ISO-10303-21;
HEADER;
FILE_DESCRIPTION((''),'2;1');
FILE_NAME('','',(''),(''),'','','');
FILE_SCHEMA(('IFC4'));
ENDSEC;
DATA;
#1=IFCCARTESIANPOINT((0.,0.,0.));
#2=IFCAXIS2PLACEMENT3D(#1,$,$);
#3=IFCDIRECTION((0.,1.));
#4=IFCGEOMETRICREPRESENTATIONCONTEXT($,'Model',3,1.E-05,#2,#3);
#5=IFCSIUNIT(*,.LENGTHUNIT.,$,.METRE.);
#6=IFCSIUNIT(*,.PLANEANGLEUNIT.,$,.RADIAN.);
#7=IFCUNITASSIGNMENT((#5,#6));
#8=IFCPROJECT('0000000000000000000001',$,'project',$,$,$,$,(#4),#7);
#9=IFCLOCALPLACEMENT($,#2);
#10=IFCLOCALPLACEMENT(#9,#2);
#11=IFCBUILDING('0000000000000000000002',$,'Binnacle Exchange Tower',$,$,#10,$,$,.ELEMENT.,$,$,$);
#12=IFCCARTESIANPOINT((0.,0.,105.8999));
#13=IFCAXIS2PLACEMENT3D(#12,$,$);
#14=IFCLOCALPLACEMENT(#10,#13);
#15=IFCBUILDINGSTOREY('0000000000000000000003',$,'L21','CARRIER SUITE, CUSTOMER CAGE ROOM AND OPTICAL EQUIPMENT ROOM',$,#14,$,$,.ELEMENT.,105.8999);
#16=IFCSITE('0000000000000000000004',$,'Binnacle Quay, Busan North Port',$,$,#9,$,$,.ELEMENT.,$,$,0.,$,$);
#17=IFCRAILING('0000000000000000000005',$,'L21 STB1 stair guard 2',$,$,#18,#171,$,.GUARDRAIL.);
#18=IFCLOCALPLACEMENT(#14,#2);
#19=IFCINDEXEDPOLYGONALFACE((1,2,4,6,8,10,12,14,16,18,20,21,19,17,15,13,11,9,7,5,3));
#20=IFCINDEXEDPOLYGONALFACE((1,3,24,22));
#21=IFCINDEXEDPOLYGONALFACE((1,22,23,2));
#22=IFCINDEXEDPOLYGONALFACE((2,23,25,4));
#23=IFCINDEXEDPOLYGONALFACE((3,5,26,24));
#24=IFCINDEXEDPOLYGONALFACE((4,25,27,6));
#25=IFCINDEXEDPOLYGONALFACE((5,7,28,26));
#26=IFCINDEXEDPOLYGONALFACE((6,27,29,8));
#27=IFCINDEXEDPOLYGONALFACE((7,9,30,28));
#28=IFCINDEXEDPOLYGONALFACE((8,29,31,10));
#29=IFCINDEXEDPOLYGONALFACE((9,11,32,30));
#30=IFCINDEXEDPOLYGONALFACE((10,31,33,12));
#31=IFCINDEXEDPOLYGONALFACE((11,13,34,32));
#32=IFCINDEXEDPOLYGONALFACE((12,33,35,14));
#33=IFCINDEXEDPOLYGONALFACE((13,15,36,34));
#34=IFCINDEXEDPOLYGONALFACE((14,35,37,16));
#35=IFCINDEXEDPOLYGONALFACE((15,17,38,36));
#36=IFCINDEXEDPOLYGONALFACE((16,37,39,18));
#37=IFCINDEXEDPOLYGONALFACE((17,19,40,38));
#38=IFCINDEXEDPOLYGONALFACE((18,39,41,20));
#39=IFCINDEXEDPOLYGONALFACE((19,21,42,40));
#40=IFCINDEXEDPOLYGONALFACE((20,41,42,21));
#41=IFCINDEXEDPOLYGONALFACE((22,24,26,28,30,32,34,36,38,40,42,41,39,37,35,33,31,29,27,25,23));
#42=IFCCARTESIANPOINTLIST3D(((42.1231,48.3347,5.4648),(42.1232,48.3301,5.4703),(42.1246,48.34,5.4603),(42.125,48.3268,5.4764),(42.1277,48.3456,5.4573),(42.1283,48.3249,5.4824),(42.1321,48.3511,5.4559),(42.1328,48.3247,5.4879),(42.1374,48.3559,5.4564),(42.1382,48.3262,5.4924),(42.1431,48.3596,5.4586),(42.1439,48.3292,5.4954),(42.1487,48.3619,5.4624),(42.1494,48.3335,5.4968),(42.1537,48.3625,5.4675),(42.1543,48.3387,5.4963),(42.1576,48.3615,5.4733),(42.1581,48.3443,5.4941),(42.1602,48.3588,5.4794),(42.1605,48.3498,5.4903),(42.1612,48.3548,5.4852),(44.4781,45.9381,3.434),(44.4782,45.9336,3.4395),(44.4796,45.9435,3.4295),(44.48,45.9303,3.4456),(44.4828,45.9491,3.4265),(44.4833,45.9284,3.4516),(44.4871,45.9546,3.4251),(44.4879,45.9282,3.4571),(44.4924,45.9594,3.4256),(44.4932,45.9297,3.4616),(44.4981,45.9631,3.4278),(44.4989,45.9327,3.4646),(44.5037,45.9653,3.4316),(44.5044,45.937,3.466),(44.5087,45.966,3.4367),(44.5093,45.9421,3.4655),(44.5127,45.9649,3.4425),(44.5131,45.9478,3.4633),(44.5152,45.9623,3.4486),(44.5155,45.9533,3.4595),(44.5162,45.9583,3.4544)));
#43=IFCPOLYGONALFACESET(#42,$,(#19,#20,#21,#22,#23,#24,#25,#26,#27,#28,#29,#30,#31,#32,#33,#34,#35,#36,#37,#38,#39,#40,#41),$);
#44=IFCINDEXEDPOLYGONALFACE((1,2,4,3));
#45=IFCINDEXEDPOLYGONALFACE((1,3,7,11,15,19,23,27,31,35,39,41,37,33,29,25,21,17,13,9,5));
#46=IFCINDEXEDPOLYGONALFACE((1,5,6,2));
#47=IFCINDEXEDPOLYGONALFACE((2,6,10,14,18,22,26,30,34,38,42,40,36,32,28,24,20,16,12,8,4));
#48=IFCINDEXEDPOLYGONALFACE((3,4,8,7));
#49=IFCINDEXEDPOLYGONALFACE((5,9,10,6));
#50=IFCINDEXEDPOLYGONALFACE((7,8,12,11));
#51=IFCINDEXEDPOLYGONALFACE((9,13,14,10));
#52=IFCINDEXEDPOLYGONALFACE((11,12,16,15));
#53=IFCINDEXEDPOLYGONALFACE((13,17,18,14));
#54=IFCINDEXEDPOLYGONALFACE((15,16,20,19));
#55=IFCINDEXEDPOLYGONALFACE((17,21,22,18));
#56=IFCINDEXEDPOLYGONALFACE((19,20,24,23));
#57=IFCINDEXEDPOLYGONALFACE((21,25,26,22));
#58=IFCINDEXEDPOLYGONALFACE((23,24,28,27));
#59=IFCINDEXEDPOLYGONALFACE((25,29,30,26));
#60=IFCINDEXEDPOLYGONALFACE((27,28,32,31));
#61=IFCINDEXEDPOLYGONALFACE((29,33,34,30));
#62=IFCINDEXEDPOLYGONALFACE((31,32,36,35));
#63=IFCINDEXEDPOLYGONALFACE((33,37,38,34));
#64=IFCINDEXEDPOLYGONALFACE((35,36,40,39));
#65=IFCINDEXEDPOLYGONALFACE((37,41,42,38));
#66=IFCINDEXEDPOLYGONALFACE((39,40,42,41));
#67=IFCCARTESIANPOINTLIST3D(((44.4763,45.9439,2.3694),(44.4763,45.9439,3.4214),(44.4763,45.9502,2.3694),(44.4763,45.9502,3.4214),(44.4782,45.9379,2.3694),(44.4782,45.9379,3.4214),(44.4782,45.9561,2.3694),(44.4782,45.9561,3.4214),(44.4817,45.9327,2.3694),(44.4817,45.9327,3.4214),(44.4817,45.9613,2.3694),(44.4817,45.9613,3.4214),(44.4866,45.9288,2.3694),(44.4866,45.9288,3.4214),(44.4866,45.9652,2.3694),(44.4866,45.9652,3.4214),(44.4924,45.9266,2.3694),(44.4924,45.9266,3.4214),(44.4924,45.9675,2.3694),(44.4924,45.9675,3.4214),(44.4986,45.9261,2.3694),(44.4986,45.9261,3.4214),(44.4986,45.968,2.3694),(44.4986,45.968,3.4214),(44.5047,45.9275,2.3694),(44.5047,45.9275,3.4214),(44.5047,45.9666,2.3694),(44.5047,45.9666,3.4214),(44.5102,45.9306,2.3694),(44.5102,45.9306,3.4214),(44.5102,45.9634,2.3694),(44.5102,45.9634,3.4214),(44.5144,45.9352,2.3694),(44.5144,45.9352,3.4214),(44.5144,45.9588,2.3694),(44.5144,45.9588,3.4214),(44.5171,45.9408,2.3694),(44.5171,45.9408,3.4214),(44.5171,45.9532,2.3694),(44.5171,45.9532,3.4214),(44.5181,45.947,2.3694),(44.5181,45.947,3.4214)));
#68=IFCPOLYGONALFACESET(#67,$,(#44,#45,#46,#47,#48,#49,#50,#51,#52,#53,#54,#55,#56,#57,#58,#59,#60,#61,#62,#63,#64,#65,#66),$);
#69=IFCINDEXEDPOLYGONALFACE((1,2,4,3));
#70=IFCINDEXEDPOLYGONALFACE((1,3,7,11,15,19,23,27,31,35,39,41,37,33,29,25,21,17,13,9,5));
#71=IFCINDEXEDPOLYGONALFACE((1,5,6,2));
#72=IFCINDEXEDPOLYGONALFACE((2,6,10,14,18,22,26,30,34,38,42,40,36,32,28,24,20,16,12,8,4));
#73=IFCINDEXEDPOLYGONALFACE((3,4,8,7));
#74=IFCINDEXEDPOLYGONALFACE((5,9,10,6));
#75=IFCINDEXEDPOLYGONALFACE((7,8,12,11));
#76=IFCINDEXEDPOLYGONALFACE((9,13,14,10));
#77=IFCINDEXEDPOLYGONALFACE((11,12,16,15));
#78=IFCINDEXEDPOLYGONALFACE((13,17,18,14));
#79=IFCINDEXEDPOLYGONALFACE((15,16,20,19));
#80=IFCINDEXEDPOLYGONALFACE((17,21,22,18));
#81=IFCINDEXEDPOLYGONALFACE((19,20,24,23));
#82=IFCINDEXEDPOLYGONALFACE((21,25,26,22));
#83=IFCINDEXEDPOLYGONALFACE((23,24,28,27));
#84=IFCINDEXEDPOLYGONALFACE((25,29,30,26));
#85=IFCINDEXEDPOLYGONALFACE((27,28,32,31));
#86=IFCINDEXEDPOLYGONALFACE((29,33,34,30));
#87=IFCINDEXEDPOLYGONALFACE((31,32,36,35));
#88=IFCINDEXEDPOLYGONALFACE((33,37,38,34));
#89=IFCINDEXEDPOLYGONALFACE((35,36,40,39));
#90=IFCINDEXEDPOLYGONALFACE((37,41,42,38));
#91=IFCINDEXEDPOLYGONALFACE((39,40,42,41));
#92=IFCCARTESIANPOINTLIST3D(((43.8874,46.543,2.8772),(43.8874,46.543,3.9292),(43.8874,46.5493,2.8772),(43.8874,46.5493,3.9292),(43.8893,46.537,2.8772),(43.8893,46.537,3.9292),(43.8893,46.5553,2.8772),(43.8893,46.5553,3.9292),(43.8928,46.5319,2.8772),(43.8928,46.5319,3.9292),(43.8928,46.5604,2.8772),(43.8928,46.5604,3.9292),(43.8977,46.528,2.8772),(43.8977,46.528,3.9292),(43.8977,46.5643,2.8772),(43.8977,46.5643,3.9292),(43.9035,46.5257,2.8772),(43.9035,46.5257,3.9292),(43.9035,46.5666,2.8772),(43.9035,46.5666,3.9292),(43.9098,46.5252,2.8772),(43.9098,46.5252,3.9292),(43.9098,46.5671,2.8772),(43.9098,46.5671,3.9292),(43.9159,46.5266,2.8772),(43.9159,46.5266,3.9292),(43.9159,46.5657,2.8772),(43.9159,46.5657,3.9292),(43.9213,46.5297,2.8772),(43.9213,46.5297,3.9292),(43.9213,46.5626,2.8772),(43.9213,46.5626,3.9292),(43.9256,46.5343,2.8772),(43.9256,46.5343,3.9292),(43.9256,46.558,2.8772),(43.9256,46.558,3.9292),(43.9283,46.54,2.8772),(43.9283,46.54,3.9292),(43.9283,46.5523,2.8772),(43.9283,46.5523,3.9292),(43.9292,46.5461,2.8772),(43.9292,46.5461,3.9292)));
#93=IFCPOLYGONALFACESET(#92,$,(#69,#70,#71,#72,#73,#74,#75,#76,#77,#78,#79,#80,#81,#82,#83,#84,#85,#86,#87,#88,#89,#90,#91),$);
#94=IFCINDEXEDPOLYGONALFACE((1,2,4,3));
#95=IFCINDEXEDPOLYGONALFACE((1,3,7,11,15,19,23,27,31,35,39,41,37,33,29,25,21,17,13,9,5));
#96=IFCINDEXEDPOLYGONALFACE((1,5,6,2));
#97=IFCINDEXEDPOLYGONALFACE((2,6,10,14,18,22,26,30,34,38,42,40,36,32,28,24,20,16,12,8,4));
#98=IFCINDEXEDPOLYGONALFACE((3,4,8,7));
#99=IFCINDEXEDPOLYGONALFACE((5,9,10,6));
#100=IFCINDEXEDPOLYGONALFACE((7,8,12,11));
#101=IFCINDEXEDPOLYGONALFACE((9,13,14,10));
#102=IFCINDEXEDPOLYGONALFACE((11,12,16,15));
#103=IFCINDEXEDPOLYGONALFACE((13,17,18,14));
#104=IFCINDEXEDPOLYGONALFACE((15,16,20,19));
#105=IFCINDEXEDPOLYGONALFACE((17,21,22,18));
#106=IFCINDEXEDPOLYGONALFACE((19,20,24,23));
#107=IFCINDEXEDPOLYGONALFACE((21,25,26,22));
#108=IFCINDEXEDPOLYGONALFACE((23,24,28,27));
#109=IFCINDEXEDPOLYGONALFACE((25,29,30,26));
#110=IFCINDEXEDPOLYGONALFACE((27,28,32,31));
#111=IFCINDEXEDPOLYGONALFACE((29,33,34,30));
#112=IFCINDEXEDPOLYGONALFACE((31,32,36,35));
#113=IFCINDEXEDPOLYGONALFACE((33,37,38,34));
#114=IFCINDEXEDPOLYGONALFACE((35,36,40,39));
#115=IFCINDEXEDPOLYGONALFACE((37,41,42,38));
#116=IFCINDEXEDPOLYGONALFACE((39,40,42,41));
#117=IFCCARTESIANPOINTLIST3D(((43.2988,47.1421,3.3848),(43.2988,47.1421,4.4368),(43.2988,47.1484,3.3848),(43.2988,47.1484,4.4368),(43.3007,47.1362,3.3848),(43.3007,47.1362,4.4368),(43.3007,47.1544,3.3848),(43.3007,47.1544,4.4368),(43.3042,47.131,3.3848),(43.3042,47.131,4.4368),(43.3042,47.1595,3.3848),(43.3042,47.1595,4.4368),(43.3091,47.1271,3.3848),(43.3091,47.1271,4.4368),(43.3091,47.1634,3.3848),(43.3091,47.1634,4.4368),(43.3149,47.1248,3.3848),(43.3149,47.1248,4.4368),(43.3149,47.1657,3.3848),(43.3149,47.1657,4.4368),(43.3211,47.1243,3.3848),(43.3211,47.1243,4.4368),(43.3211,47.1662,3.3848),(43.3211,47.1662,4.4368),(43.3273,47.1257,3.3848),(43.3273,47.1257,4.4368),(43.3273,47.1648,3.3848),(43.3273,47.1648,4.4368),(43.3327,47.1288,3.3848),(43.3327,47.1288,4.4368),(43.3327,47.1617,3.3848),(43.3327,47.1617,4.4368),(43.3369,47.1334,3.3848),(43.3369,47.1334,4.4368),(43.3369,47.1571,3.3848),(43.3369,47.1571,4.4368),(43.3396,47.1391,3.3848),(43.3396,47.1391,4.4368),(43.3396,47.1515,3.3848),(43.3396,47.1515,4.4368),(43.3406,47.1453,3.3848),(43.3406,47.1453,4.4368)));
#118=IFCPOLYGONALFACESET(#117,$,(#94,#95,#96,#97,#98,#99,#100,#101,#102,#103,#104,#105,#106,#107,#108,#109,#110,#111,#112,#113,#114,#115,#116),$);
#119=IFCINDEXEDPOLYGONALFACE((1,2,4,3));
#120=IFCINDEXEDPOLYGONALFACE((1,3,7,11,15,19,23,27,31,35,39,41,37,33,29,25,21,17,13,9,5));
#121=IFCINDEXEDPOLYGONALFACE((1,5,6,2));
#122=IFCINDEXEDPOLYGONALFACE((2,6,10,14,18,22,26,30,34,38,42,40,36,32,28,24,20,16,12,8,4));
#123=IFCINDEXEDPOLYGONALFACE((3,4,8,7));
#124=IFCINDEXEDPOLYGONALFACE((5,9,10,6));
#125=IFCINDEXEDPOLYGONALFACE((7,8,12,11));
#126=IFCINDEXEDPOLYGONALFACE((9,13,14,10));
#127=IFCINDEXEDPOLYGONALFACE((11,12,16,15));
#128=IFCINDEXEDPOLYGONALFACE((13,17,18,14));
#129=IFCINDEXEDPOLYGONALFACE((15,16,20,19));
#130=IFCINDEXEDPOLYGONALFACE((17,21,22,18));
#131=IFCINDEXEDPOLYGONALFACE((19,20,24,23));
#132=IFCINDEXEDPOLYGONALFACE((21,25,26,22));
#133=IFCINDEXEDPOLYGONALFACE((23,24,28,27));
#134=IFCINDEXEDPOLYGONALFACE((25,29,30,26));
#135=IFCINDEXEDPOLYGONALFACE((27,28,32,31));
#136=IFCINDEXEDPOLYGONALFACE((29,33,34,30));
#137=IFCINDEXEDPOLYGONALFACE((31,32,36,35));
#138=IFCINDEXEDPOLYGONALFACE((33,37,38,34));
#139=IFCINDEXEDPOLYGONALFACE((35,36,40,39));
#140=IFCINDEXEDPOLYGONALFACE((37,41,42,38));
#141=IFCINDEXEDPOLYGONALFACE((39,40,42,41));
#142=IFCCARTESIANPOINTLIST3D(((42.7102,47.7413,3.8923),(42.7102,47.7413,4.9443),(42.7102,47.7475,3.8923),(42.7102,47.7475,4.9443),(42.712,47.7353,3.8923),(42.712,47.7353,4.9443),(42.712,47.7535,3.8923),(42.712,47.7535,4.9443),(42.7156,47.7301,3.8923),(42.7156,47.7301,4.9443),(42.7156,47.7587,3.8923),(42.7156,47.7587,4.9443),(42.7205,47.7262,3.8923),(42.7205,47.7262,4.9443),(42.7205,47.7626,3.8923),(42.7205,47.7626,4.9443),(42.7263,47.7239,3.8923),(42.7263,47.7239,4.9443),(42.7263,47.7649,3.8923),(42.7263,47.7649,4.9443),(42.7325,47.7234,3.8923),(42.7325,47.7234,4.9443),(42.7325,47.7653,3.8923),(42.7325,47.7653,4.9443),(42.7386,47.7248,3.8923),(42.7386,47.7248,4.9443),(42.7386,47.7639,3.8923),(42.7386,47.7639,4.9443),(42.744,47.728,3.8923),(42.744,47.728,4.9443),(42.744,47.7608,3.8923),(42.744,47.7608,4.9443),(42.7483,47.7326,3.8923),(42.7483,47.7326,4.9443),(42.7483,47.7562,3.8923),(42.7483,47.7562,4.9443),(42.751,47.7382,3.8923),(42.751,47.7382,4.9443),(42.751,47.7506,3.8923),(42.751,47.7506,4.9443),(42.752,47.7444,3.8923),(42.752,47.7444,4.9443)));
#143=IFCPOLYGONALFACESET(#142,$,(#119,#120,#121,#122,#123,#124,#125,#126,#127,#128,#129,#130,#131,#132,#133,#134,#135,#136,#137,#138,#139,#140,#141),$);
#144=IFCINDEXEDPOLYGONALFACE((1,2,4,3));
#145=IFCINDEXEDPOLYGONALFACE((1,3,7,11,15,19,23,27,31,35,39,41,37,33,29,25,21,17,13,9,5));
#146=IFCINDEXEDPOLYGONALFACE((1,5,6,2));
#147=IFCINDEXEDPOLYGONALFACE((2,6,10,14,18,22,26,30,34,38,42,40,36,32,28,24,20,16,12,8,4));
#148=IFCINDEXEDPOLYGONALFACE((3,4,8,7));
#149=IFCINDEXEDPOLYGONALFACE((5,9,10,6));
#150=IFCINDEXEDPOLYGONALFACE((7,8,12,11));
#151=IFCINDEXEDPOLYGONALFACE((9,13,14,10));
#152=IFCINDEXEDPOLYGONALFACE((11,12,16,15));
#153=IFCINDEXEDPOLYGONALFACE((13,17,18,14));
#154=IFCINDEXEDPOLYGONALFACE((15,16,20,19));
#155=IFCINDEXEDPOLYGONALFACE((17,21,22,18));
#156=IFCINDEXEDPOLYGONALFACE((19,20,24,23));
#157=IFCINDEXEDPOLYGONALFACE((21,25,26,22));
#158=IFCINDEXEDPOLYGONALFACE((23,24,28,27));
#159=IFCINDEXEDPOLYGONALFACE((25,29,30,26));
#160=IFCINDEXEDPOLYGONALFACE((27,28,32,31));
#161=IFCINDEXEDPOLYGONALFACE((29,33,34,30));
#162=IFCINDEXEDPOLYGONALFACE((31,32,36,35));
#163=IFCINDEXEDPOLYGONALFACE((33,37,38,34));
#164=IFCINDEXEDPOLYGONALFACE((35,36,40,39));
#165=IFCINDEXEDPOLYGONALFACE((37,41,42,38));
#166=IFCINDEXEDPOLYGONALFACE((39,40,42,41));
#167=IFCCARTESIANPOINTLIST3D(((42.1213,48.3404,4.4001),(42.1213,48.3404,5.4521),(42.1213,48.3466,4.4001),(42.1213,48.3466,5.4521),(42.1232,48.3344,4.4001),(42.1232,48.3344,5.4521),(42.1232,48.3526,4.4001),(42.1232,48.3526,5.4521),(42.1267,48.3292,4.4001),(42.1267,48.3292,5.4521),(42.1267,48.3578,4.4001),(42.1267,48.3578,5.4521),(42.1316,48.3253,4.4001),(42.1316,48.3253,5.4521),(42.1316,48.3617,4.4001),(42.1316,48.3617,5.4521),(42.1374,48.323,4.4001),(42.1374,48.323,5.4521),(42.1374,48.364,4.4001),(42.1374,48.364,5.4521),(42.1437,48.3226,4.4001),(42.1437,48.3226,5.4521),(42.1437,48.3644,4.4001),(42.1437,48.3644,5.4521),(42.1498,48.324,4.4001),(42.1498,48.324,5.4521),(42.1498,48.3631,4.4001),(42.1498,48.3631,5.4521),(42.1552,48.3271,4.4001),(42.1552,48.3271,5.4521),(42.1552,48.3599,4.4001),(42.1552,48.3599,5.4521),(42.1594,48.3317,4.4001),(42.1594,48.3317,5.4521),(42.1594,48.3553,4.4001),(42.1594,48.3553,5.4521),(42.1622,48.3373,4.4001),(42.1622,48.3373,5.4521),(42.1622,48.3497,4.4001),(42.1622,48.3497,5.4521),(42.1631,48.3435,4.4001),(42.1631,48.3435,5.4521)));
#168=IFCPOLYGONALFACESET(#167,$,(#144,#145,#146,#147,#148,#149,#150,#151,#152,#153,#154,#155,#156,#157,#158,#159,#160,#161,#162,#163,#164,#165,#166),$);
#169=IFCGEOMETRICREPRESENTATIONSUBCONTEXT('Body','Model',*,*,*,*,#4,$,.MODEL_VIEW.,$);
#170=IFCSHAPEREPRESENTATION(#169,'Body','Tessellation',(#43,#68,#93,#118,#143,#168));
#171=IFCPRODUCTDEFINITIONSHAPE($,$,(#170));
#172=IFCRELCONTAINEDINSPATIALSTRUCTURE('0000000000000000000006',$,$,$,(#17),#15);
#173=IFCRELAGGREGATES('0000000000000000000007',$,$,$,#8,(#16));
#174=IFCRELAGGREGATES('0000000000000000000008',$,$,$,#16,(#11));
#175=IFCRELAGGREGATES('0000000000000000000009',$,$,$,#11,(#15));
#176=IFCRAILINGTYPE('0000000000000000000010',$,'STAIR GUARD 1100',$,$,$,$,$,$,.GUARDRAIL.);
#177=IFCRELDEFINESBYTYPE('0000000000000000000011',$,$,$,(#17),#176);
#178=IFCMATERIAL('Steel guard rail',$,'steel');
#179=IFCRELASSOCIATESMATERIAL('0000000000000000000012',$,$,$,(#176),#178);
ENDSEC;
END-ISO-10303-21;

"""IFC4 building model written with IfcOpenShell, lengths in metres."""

from ifc_helpers import new_model, si_unit, direction, frame, origin, origin_2d, place, context, subcontext, project, spatial, circle, extrude, material, type_object, element, save


model = new_model("IFC4")

# Units and contexts
model_context = context("Model", 3, precision=1e-05, world=origin(), true_north=direction((0.0, 1.0)))
body_context = subcontext(model_context, "Body", "Model", "MODEL_VIEW")
ifc_project = project(units=[si_unit("LENGTHUNIT", "METRE"), si_unit("PLANEANGLEUNIT", "RADIAN")], contexts=[model_context])

# Site, building, storey
site_placement = place(None, origin())
site = spatial("IfcSite", under=ifc_project, at=site_placement, Name="Binnacle Quay, Busan North Port", CompositionType="ELEMENT", RefElevation=0.0)
building_placement = place(site_placement, origin())
building = spatial("IfcBuilding", under=site, at=building_placement, Name="Binnacle Exchange Tower", CompositionType="ELEMENT")
storey_placement = place(building_placement, frame((0.0, 0.0, 105.8999)))
storey = spatial("IfcBuildingStorey", under=building, at=storey_placement, Name="L21", Description="CARRIER SUITE, CUSTOMER CAGE ROOM AND OPTICAL EQUIPMENT ROOM", CompositionType="ELEMENT", Elevation=105.8999)

# Railing
ifc_material_1 = material(Name="Steel guard rail", Category="steel")
railing_type_1 = type_object("IfcRailingType", Name="STAIR GUARD 1100", PredefinedType="GUARDRAIL", material=ifc_material_1)
railing_1_placement = place(storey_placement, frame((44.4971, 45.947, 2.3694)))
element("IfcRailing", 1, at=railing_1_placement, inside=storey, type_object=railing_type_1, Name="L21 STB1 stair guard 2", PredefinedType="GUARDRAIL", context=body_context, shape_type="SweptSolid", body=[
    extrude(circle(Radius=0.0239, at=origin_2d()), frame((0.0, 0.0, 1.0762), z_axis=(-0.59985, 0.610422, 0.517267), x_axis=(-0.713256, -0.700903, 0.0)), (0.0, 0.0, 1.0), 3.926),
    extrude(circle(Radius=0.021, at=origin_2d()), origin(), (0.0, 0.0, 1.0), 1.052),
    extrude(circle(Radius=0.021, at=origin_2d()), frame((-0.5889, 0.5991, 0.5078)), (0.0, 0.0, 1.0), 1.052),
    extrude(circle(Radius=0.021, at=origin_2d()), frame((-1.1775, 1.1982, 1.0154)), (0.0, 0.0, 1.0), 1.052),
    extrude(circle(Radius=0.021, at=origin_2d()), frame((-1.7661, 1.7974, 1.5229)), (0.0, 0.0, 1.0), 1.052),
    extrude(circle(Radius=0.021, at=origin_2d()), frame((-2.355, 2.3965, 2.0308)), (0.0, 0.0, 1.0), 1.052),
])

save(model, "model.ifc")
